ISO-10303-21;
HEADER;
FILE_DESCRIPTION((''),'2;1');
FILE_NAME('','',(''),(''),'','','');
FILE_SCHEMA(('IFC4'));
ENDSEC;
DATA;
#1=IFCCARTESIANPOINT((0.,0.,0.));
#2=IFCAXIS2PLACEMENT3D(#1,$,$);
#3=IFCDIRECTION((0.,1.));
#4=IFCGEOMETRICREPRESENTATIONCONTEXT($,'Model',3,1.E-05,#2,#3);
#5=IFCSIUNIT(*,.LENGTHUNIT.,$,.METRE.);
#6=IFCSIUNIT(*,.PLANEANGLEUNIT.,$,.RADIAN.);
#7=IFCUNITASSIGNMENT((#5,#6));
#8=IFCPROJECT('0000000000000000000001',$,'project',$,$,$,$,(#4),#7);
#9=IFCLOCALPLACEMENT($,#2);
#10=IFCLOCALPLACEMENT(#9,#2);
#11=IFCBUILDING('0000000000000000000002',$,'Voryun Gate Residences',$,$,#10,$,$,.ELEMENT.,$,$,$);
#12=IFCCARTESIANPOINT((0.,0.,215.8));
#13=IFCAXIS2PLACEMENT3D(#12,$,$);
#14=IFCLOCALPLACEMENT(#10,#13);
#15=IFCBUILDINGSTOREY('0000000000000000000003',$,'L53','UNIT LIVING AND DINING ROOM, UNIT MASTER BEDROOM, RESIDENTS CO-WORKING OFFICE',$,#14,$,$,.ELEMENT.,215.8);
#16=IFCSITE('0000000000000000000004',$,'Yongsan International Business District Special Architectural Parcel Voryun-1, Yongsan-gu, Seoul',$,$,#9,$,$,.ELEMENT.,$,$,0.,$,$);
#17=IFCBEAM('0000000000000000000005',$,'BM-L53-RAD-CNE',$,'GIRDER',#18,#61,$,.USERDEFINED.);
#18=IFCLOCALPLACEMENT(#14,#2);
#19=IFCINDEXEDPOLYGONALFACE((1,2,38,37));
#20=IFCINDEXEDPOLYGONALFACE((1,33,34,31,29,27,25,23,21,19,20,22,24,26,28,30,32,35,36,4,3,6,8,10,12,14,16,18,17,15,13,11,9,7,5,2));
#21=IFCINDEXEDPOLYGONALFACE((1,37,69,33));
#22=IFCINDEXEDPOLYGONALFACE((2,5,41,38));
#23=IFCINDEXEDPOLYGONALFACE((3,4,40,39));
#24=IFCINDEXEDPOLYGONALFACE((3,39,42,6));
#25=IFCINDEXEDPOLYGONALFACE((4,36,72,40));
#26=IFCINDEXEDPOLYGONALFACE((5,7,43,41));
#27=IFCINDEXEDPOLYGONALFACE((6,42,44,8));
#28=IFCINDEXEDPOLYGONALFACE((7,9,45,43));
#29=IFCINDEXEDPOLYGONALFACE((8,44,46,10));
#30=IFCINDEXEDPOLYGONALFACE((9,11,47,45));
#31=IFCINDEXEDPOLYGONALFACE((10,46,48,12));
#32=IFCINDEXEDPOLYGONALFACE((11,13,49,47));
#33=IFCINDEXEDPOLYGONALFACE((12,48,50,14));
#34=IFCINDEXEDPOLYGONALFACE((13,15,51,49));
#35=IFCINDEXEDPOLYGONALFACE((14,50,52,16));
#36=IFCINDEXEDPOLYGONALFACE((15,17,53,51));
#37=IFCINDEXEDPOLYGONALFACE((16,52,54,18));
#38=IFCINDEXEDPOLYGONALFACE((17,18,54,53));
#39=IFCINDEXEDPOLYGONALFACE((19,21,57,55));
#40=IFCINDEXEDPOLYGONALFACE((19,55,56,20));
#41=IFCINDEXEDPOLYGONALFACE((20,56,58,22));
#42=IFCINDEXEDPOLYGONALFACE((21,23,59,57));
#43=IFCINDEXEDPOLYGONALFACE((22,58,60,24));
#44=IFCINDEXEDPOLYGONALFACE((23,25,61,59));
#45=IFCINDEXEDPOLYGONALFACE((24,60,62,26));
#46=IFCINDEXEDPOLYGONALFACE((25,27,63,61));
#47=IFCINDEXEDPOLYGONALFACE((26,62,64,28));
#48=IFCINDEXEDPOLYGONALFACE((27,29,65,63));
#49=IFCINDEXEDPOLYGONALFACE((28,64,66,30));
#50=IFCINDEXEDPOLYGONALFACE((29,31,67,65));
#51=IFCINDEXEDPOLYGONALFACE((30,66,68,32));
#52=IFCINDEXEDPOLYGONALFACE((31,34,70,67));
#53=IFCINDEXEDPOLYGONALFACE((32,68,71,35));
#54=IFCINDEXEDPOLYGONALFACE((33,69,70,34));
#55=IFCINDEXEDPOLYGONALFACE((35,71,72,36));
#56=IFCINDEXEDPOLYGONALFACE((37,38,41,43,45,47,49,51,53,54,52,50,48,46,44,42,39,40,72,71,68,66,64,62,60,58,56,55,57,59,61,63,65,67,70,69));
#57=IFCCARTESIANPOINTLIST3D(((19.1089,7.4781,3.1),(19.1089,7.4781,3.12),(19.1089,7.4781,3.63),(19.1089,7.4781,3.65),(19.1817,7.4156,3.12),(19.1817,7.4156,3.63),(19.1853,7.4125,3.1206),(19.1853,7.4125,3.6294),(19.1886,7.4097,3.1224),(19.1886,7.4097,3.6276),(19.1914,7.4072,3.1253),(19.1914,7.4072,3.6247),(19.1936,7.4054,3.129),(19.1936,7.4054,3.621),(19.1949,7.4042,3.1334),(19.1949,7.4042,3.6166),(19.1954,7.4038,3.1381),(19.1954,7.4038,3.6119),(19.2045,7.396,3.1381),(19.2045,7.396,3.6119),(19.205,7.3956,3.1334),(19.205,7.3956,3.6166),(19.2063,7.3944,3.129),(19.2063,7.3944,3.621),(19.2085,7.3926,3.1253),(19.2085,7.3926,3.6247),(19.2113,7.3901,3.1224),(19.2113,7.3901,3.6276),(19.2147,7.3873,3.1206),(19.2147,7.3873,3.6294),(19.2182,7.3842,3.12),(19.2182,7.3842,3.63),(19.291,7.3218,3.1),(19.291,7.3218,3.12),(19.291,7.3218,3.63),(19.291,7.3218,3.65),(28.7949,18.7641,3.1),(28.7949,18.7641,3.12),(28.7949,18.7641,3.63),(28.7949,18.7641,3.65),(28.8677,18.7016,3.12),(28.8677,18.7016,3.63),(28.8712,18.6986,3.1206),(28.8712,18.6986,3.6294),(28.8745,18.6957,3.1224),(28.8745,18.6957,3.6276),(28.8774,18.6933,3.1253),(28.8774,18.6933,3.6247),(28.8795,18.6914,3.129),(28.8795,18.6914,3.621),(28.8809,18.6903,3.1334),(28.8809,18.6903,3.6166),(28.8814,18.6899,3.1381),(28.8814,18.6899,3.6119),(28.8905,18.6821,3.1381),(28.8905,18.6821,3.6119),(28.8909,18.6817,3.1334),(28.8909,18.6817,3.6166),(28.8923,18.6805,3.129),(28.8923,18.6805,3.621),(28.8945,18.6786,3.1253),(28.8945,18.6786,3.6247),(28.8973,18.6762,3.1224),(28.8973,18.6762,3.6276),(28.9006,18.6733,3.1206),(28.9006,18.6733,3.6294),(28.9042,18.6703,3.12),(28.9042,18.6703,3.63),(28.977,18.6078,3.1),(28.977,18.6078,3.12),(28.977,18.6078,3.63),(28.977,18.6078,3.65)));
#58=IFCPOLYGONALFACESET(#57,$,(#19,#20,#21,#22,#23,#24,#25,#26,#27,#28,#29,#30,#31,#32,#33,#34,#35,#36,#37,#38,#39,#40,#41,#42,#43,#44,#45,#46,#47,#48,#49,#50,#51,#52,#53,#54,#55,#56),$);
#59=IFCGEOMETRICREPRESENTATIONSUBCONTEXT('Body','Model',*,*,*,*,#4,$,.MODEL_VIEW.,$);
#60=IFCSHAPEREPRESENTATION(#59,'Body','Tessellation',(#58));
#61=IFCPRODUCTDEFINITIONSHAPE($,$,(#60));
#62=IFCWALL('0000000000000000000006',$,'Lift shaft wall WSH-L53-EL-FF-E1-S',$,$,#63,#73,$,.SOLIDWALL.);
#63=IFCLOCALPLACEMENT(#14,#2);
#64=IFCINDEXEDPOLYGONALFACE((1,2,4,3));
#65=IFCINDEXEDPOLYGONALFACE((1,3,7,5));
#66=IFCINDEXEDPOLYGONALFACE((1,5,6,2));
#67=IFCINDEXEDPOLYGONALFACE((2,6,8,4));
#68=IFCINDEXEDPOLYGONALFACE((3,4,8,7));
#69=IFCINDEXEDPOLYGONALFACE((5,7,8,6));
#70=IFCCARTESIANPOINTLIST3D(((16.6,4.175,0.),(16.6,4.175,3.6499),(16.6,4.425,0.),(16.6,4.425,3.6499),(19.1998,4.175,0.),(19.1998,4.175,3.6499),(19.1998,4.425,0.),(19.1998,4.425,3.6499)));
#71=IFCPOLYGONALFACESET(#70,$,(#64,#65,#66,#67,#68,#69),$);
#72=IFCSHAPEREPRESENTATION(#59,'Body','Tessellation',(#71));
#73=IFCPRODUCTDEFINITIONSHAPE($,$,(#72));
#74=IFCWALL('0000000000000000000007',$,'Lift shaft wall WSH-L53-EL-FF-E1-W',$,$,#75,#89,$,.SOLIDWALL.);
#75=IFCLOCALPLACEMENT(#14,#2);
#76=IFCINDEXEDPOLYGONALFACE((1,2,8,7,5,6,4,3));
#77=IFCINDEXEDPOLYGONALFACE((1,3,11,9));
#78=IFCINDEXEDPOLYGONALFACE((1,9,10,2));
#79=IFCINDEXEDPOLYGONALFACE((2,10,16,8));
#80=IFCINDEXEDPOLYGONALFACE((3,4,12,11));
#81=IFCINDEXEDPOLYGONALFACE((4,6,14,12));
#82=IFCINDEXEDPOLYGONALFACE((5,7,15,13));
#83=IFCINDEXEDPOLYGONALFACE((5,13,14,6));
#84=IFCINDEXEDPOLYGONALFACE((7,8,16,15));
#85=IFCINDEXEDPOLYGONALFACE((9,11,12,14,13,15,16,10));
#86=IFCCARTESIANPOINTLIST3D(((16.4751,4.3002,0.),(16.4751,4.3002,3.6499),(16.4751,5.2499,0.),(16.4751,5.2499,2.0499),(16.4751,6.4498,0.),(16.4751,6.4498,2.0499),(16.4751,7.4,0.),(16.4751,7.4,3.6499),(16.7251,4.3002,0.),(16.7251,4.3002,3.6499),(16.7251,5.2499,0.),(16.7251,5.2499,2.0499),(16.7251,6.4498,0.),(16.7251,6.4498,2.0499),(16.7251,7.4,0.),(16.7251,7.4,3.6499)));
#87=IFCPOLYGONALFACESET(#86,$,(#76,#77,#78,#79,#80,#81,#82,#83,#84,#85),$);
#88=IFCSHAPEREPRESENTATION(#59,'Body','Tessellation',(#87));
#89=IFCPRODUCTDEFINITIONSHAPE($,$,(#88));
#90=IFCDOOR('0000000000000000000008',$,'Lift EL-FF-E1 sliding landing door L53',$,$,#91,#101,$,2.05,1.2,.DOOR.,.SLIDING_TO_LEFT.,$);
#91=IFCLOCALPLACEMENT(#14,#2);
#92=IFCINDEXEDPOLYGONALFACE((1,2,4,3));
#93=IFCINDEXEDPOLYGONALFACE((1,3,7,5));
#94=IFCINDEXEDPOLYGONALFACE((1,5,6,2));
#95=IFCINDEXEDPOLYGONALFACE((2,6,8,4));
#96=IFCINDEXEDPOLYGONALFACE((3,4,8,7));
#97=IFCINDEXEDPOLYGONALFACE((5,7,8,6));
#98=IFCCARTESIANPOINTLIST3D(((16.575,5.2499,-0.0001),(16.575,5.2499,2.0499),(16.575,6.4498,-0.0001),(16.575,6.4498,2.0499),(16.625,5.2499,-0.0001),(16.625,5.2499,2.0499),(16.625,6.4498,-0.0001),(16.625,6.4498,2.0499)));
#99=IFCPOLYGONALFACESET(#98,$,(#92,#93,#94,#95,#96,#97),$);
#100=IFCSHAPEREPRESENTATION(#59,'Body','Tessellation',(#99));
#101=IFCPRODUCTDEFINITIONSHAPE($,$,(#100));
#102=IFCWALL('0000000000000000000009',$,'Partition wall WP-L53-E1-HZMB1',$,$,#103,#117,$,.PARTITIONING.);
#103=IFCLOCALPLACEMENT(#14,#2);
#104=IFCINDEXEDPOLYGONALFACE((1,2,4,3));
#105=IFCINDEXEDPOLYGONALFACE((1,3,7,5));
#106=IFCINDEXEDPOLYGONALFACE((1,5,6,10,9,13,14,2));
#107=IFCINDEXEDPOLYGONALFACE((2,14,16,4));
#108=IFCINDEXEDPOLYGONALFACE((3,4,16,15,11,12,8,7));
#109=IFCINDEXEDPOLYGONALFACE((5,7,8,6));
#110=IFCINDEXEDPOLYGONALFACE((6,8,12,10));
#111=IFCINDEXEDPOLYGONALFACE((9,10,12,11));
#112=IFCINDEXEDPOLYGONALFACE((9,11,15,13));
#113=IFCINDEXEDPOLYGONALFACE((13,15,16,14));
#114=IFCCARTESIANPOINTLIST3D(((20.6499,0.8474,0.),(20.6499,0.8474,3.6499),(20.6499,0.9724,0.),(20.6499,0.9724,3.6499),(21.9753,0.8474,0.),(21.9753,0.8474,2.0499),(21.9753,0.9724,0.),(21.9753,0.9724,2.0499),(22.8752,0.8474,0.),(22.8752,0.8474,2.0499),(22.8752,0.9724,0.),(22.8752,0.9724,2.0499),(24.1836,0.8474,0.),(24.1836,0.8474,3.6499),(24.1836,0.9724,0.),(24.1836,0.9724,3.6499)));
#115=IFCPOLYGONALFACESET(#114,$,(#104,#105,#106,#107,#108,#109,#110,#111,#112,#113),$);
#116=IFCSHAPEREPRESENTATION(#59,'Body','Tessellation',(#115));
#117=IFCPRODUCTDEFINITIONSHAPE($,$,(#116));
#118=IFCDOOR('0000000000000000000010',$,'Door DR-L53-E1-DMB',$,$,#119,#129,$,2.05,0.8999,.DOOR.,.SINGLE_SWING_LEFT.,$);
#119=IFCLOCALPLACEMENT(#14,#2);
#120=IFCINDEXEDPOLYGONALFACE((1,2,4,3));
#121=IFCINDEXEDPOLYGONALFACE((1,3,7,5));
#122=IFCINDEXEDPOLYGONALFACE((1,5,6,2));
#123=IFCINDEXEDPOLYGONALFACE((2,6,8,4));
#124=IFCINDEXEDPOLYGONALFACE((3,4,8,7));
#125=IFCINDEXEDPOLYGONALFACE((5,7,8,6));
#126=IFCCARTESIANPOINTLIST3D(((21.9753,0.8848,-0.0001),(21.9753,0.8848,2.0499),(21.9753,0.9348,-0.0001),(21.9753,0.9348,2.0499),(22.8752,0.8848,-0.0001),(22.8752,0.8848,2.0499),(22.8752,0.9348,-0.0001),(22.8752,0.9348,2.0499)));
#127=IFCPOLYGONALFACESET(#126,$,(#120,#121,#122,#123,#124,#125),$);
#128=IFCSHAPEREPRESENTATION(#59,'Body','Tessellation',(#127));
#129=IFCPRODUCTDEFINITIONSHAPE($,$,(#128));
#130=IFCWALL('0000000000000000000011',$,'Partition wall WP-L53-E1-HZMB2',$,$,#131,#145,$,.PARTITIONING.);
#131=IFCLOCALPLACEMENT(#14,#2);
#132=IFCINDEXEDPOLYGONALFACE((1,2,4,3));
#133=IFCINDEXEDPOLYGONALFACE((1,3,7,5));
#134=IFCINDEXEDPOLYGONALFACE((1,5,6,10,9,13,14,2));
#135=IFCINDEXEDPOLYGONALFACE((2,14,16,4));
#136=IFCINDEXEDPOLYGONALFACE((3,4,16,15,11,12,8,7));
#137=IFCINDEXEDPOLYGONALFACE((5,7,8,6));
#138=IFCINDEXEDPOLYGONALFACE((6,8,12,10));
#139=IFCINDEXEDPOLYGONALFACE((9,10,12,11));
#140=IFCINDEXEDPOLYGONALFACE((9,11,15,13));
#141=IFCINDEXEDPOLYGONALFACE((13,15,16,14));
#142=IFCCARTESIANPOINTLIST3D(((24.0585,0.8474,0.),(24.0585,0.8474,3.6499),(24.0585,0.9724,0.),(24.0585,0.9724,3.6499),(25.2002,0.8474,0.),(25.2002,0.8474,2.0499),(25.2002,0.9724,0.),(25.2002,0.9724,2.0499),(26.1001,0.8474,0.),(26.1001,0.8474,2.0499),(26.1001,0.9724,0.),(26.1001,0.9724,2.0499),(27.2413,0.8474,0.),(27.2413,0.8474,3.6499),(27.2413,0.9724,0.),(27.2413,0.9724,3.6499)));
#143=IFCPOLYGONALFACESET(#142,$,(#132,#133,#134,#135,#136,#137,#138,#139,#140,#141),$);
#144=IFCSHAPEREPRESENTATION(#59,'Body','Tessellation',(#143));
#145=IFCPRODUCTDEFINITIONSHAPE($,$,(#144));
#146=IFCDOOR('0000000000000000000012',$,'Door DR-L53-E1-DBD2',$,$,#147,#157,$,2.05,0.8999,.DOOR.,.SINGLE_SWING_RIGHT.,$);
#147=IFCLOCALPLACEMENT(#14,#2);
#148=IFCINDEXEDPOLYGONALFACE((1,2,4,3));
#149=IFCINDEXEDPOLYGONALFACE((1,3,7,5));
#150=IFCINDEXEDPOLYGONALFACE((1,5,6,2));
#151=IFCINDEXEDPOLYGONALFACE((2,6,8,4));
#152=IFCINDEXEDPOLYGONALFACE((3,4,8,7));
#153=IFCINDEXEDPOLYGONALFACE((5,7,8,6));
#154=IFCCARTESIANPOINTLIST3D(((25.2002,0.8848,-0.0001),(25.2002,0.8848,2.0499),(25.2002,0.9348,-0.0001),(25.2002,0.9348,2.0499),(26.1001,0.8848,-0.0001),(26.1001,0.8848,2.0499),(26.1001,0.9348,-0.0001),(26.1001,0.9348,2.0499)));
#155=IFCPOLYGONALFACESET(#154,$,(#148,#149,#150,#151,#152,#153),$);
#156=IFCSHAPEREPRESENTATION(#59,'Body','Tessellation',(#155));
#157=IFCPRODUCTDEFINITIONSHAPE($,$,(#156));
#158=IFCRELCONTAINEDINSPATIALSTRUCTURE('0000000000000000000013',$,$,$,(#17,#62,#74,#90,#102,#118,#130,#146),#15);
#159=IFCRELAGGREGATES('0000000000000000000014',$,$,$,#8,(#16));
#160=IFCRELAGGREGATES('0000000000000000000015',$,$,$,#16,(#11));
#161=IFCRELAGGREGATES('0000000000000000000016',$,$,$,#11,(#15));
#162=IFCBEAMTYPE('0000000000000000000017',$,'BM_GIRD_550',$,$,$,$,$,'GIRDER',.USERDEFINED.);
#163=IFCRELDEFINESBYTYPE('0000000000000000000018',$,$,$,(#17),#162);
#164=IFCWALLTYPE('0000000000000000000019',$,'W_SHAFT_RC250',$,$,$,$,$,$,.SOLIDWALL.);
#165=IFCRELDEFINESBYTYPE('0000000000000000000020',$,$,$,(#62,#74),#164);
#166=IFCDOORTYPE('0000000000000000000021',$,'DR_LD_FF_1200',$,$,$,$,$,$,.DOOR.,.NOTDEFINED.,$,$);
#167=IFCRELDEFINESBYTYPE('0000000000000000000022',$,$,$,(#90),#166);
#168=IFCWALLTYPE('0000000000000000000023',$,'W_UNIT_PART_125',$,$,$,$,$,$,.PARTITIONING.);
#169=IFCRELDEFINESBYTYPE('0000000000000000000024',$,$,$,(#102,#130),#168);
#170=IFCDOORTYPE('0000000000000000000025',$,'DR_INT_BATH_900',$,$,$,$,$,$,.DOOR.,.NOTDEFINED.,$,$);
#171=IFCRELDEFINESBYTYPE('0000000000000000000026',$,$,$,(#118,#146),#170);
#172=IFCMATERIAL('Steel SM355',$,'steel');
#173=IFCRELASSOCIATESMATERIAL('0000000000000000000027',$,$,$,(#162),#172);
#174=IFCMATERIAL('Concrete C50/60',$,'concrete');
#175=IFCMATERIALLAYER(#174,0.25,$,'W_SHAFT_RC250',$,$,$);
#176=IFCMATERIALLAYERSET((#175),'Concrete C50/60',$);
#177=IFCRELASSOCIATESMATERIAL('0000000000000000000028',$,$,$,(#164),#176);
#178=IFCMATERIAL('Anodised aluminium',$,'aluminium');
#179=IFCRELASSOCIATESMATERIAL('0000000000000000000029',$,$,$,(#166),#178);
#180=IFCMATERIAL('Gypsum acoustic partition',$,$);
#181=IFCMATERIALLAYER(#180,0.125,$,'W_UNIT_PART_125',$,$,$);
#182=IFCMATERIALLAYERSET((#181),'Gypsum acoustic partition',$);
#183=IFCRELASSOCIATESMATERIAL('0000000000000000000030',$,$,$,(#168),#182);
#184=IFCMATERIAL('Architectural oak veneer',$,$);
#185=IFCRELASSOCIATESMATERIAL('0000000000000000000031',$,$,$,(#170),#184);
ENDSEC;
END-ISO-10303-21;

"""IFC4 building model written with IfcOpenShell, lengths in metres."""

from ifc_helpers import new_model, si_unit, direction, frame, frame_2d, origin, origin_2d, place, context, subcontext, project, spatial, rectangle, i_section, extrude, material, layer, layer_set, material_profile, profile_set, type_object, element, fill, save


model = new_model("IFC4")

# Units and contexts
model_context = context("Model", 3, precision=1e-05, world=origin(), true_north=direction((0.0, 1.0)))
body_context = subcontext(model_context, "Body", "Model", "MODEL_VIEW")
ifc_project = project(units=[si_unit("LENGTHUNIT", "METRE"), si_unit("PLANEANGLEUNIT", "RADIAN")], contexts=[model_context])

# Site, building, storey
site_placement = place(None, origin())
site = spatial("IfcSite", under=ifc_project, at=site_placement, Name="Yongsan International Business District Special Architectural Parcel Voryun-1, Yongsan-gu, Seoul", CompositionType="ELEMENT", RefElevation=0.0)
building_placement = place(site_placement, origin())
building = spatial("IfcBuilding", under=site, at=building_placement, Name="Voryun Gate Residences", CompositionType="ELEMENT")
storey_placement = place(building_placement, frame((0.0, 0.0, 215.8)))
storey = spatial("IfcBuildingStorey", under=building, at=storey_placement, Name="L53", Description="UNIT LIVING AND DINING ROOM, UNIT MASTER BEDROOM, RESIDENTS CO-WORKING OFFICE", CompositionType="ELEMENT", Elevation=215.8)

# Beam
ifc_material_1 = material(Name="Steel SM355", Category="steel")
ifc_material_profile_1 = material_profile(ifc_material_1, i_section(OverallWidth=0.24, OverallDepth=0.55, WebThickness=0.012, FlangeThickness=0.02, FilletRadius=0.0181, at=origin_2d()), Name="H-550x240x12x20")
ifc_profile_set_1 = profile_set([ifc_material_profile_1], Name="Steel SM355")
beam_type_1 = type_object("IfcBeamType", Name="BM_GIRD_550", ElementType="GIRDER", PredefinedType="USERDEFINED", material=ifc_profile_set_1)
beam_1_placement = place(storey_placement, frame((19.2, 7.3999, 3.375), z_axis=(0.651264, 0.758851, 0.0), x_axis=(-0.758851, 0.651264, 0.0)))
element("IfcBeam", 1, at=beam_1_placement, inside=storey, type_object=beam_type_1, Name="BM-L53-RAD-CNE", ObjectType="GIRDER", PredefinedType="USERDEFINED", context=body_context, shape_type="SweptSolid", body=[
    extrude(i_section(OverallWidth=0.24, OverallDepth=0.55, WebThickness=0.012, FlangeThickness=0.02, FilletRadius=0.0181, at=origin_2d()), origin(), (0.0, 0.0, 1.0), 14.8726),
])

# Wall
ifc_material_2 = material(Name="Concrete C50/60", Category="concrete")
ifc_layer_1 = layer(ifc_material_2, 0.25, Name="W_SHAFT_RC250")
ifc_layer_set_1 = layer_set([ifc_layer_1], Name="Concrete C50/60")
wall_type_1 = type_object("IfcWallType", Name="W_SHAFT_RC250", PredefinedType="SOLIDWALL", material=ifc_layer_set_1)
wall_1_placement = place(storey_placement, frame((16.6001, 4.3, 0.0), z_axis=(0.0, 0.0, 1.0), x_axis=(1.0, 0.0, 0.0)))
element("IfcWall", 2, at=wall_1_placement, inside=storey, type_object=wall_type_1, Name="Lift shaft wall WSH-L53-EL-FF-E1-S", PredefinedType="SOLIDWALL", context=body_context, shape_type="SweptSolid", body=[
    extrude(rectangle(XDim=2.5999, YDim=0.25, at=frame_2d((1.2998, 0.0))), origin(), (0.0, 0.0, 1.0), 3.6499),
])

# Walls, openings, doors
wall_2_placement = place(storey_placement, frame((16.6001, 7.3999, 0.0), z_axis=(0.0, 0.0, 1.0), x_axis=(0.0, -1.0, 0.0)))
wall_2 = element("IfcWall", 3, at=wall_2_placement, inside=storey, type_object=wall_type_1, Name="Lift shaft wall WSH-L53-EL-FF-E1-W", PredefinedType="SOLIDWALL", context=body_context, shape_type="SweptSolid", body=[
    extrude(rectangle(XDim=3.0999, YDim=0.25, at=frame_2d((1.5498, 0.0))), origin(), (0.0, 0.0, 1.0), 3.6499),
])
opening_1_placement = place(wall_2_placement, frame((0.95, 0.0, 0.0)))
opening_1 = element("IfcOpeningElement", 4, at=opening_1_placement, cuts=wall_2, PredefinedType="OPENING", context=body_context, shape_type="SweptSolid", body=[
    extrude(rectangle(XDim=1.2, YDim=2.05, at=frame_2d((0.6001, 1.0249))), frame((0.0, 0.135, 0.0), z_axis=(0.0, -1.0, 0.0), x_axis=(1.0, 0.0, 0.0)), (0.0, 0.0, 1.0), 0.27),
])
ifc_material_3 = material(Name="Anodised aluminium", Category="aluminium")
door_type_1 = type_object("IfcDoorType", Name="DR_LD_FF_1200", OperationType="NOTDEFINED", PredefinedType="DOOR", material=ifc_material_3)
door_1_placement = place(opening_1_placement, origin())
door_1 = element("IfcDoor", 5, at=door_1_placement, inside=storey, type_object=door_type_1, Name="Lift EL-FF-E1 sliding landing door L53", OperationType="SLIDING_TO_LEFT", OverallHeight=2.05, OverallWidth=1.2, PredefinedType="DOOR", context=body_context, shape_type="SweptSolid", body=[
    extrude(rectangle(XDim=1.2, YDim=2.05, at=frame_2d((0.6001, 1.0249))), frame((0.0, 0.0249, 0.0), z_axis=(0.0, -1.0, 0.0), x_axis=(1.0, 0.0, 0.0)), (0.0, 0.0, 1.0), 0.05),
])
fill(opening_1, door_1)
ifc_material_4 = material(Name="Gypsum acoustic partition")
ifc_layer_2 = layer(ifc_material_4, 0.125, Name="W_UNIT_PART_125")
ifc_layer_set_2 = layer_set([ifc_layer_2], Name="Gypsum acoustic partition")
wall_type_2 = type_object("IfcWallType", Name="W_UNIT_PART_125", PredefinedType="PARTITIONING", material=ifc_layer_set_2)
wall_3_placement = place(storey_placement, frame((20.6499, 0.9099, 0.0), z_axis=(0.0, 0.0, 1.0), x_axis=(1.0, 0.0, 0.0)))
wall_3 = element("IfcWall", 6, at=wall_3_placement, inside=storey, type_object=wall_type_2, Name="Partition wall WP-L53-E1-HZMB1", PredefinedType="PARTITIONING", context=body_context, shape_type="SweptSolid", body=[
    extrude(rectangle(XDim=3.5337, YDim=0.125, at=frame_2d((1.7668, 0.0))), origin(), (0.0, 0.0, 1.0), 3.6499),
])
opening_2_placement = place(wall_3_placement, frame((1.3254, 0.0, 0.0)))
opening_2 = element("IfcOpeningElement", 7, at=opening_2_placement, cuts=wall_3, PredefinedType="OPENING", context=body_context, shape_type="SweptSolid", body=[
    extrude(rectangle(XDim=0.8999, YDim=2.05, at=frame_2d((0.45, 1.0249))), frame((0.0, 0.0725, 0.0), z_axis=(0.0, -1.0, 0.0), x_axis=(1.0, 0.0, 0.0)), (0.0, 0.0, 1.0), 0.145),
])
ifc_material_5 = material(Name="Architectural oak veneer")
door_type_2 = type_object("IfcDoorType", Name="DR_INT_BATH_900", OperationType="NOTDEFINED", PredefinedType="DOOR", material=ifc_material_5)
door_2_placement = place(opening_2_placement, origin())
door_2 = element("IfcDoor", 8, at=door_2_placement, inside=storey, type_object=door_type_2, Name="Door DR-L53-E1-DMB", OperationType="SINGLE_SWING_LEFT", OverallHeight=2.05, OverallWidth=0.8999, PredefinedType="DOOR", context=body_context, shape_type="SweptSolid", body=[
    extrude(rectangle(XDim=0.8999, YDim=2.05, at=frame_2d((0.45, 1.0249))), frame((0.0, 0.0249, 0.0), z_axis=(0.0, -1.0, 0.0), x_axis=(1.0, 0.0, 0.0)), (0.0, 0.0, 1.0), 0.05),
])
fill(opening_2, door_2)
wall_4_placement = place(storey_placement, frame((24.0586, 0.9099, 0.0), z_axis=(0.0, 0.0, 1.0), x_axis=(1.0, 0.0, 0.0)))
wall_4 = element("IfcWall", 9, at=wall_4_placement, inside=storey, type_object=wall_type_2, Name="Partition wall WP-L53-E1-HZMB2", PredefinedType="PARTITIONING", context=body_context, shape_type="SweptSolid", body=[
    extrude(rectangle(XDim=3.1829, YDim=0.125, at=frame_2d((1.5913, 0.0))), origin(), (0.0, 0.0, 1.0), 3.6499),
])
opening_3_placement = place(wall_4_placement, frame((1.1416, 0.0, 0.0)))
opening_3 = element("IfcOpeningElement", 10, at=opening_3_placement, cuts=wall_4, PredefinedType="OPENING", context=body_context, shape_type="SweptSolid", body=[
    extrude(rectangle(XDim=0.8999, YDim=2.05, at=frame_2d((0.45, 1.0249))), frame((0.0, 0.0725, 0.0), z_axis=(0.0, -1.0, 0.0), x_axis=(1.0, 0.0, 0.0)), (0.0, 0.0, 1.0), 0.145),
])
door_3_placement = place(opening_3_placement, origin())
door_3 = element("IfcDoor", 11, at=door_3_placement, inside=storey, type_object=door_type_2, Name="Door DR-L53-E1-DBD2", OperationType="SINGLE_SWING_RIGHT", OverallHeight=2.05, OverallWidth=0.8999, PredefinedType="DOOR", context=body_context, shape_type="SweptSolid", body=[
    extrude(rectangle(XDim=0.8999, YDim=2.05, at=frame_2d((0.45, 1.0249))), frame((0.0, 0.0249, 0.0), z_axis=(0.0, -1.0, 0.0), x_axis=(1.0, 0.0, 0.0)), (0.0, 0.0, 1.0), 0.05),
])
fill(opening_3, door_3)

save(model, "model.ifc")
